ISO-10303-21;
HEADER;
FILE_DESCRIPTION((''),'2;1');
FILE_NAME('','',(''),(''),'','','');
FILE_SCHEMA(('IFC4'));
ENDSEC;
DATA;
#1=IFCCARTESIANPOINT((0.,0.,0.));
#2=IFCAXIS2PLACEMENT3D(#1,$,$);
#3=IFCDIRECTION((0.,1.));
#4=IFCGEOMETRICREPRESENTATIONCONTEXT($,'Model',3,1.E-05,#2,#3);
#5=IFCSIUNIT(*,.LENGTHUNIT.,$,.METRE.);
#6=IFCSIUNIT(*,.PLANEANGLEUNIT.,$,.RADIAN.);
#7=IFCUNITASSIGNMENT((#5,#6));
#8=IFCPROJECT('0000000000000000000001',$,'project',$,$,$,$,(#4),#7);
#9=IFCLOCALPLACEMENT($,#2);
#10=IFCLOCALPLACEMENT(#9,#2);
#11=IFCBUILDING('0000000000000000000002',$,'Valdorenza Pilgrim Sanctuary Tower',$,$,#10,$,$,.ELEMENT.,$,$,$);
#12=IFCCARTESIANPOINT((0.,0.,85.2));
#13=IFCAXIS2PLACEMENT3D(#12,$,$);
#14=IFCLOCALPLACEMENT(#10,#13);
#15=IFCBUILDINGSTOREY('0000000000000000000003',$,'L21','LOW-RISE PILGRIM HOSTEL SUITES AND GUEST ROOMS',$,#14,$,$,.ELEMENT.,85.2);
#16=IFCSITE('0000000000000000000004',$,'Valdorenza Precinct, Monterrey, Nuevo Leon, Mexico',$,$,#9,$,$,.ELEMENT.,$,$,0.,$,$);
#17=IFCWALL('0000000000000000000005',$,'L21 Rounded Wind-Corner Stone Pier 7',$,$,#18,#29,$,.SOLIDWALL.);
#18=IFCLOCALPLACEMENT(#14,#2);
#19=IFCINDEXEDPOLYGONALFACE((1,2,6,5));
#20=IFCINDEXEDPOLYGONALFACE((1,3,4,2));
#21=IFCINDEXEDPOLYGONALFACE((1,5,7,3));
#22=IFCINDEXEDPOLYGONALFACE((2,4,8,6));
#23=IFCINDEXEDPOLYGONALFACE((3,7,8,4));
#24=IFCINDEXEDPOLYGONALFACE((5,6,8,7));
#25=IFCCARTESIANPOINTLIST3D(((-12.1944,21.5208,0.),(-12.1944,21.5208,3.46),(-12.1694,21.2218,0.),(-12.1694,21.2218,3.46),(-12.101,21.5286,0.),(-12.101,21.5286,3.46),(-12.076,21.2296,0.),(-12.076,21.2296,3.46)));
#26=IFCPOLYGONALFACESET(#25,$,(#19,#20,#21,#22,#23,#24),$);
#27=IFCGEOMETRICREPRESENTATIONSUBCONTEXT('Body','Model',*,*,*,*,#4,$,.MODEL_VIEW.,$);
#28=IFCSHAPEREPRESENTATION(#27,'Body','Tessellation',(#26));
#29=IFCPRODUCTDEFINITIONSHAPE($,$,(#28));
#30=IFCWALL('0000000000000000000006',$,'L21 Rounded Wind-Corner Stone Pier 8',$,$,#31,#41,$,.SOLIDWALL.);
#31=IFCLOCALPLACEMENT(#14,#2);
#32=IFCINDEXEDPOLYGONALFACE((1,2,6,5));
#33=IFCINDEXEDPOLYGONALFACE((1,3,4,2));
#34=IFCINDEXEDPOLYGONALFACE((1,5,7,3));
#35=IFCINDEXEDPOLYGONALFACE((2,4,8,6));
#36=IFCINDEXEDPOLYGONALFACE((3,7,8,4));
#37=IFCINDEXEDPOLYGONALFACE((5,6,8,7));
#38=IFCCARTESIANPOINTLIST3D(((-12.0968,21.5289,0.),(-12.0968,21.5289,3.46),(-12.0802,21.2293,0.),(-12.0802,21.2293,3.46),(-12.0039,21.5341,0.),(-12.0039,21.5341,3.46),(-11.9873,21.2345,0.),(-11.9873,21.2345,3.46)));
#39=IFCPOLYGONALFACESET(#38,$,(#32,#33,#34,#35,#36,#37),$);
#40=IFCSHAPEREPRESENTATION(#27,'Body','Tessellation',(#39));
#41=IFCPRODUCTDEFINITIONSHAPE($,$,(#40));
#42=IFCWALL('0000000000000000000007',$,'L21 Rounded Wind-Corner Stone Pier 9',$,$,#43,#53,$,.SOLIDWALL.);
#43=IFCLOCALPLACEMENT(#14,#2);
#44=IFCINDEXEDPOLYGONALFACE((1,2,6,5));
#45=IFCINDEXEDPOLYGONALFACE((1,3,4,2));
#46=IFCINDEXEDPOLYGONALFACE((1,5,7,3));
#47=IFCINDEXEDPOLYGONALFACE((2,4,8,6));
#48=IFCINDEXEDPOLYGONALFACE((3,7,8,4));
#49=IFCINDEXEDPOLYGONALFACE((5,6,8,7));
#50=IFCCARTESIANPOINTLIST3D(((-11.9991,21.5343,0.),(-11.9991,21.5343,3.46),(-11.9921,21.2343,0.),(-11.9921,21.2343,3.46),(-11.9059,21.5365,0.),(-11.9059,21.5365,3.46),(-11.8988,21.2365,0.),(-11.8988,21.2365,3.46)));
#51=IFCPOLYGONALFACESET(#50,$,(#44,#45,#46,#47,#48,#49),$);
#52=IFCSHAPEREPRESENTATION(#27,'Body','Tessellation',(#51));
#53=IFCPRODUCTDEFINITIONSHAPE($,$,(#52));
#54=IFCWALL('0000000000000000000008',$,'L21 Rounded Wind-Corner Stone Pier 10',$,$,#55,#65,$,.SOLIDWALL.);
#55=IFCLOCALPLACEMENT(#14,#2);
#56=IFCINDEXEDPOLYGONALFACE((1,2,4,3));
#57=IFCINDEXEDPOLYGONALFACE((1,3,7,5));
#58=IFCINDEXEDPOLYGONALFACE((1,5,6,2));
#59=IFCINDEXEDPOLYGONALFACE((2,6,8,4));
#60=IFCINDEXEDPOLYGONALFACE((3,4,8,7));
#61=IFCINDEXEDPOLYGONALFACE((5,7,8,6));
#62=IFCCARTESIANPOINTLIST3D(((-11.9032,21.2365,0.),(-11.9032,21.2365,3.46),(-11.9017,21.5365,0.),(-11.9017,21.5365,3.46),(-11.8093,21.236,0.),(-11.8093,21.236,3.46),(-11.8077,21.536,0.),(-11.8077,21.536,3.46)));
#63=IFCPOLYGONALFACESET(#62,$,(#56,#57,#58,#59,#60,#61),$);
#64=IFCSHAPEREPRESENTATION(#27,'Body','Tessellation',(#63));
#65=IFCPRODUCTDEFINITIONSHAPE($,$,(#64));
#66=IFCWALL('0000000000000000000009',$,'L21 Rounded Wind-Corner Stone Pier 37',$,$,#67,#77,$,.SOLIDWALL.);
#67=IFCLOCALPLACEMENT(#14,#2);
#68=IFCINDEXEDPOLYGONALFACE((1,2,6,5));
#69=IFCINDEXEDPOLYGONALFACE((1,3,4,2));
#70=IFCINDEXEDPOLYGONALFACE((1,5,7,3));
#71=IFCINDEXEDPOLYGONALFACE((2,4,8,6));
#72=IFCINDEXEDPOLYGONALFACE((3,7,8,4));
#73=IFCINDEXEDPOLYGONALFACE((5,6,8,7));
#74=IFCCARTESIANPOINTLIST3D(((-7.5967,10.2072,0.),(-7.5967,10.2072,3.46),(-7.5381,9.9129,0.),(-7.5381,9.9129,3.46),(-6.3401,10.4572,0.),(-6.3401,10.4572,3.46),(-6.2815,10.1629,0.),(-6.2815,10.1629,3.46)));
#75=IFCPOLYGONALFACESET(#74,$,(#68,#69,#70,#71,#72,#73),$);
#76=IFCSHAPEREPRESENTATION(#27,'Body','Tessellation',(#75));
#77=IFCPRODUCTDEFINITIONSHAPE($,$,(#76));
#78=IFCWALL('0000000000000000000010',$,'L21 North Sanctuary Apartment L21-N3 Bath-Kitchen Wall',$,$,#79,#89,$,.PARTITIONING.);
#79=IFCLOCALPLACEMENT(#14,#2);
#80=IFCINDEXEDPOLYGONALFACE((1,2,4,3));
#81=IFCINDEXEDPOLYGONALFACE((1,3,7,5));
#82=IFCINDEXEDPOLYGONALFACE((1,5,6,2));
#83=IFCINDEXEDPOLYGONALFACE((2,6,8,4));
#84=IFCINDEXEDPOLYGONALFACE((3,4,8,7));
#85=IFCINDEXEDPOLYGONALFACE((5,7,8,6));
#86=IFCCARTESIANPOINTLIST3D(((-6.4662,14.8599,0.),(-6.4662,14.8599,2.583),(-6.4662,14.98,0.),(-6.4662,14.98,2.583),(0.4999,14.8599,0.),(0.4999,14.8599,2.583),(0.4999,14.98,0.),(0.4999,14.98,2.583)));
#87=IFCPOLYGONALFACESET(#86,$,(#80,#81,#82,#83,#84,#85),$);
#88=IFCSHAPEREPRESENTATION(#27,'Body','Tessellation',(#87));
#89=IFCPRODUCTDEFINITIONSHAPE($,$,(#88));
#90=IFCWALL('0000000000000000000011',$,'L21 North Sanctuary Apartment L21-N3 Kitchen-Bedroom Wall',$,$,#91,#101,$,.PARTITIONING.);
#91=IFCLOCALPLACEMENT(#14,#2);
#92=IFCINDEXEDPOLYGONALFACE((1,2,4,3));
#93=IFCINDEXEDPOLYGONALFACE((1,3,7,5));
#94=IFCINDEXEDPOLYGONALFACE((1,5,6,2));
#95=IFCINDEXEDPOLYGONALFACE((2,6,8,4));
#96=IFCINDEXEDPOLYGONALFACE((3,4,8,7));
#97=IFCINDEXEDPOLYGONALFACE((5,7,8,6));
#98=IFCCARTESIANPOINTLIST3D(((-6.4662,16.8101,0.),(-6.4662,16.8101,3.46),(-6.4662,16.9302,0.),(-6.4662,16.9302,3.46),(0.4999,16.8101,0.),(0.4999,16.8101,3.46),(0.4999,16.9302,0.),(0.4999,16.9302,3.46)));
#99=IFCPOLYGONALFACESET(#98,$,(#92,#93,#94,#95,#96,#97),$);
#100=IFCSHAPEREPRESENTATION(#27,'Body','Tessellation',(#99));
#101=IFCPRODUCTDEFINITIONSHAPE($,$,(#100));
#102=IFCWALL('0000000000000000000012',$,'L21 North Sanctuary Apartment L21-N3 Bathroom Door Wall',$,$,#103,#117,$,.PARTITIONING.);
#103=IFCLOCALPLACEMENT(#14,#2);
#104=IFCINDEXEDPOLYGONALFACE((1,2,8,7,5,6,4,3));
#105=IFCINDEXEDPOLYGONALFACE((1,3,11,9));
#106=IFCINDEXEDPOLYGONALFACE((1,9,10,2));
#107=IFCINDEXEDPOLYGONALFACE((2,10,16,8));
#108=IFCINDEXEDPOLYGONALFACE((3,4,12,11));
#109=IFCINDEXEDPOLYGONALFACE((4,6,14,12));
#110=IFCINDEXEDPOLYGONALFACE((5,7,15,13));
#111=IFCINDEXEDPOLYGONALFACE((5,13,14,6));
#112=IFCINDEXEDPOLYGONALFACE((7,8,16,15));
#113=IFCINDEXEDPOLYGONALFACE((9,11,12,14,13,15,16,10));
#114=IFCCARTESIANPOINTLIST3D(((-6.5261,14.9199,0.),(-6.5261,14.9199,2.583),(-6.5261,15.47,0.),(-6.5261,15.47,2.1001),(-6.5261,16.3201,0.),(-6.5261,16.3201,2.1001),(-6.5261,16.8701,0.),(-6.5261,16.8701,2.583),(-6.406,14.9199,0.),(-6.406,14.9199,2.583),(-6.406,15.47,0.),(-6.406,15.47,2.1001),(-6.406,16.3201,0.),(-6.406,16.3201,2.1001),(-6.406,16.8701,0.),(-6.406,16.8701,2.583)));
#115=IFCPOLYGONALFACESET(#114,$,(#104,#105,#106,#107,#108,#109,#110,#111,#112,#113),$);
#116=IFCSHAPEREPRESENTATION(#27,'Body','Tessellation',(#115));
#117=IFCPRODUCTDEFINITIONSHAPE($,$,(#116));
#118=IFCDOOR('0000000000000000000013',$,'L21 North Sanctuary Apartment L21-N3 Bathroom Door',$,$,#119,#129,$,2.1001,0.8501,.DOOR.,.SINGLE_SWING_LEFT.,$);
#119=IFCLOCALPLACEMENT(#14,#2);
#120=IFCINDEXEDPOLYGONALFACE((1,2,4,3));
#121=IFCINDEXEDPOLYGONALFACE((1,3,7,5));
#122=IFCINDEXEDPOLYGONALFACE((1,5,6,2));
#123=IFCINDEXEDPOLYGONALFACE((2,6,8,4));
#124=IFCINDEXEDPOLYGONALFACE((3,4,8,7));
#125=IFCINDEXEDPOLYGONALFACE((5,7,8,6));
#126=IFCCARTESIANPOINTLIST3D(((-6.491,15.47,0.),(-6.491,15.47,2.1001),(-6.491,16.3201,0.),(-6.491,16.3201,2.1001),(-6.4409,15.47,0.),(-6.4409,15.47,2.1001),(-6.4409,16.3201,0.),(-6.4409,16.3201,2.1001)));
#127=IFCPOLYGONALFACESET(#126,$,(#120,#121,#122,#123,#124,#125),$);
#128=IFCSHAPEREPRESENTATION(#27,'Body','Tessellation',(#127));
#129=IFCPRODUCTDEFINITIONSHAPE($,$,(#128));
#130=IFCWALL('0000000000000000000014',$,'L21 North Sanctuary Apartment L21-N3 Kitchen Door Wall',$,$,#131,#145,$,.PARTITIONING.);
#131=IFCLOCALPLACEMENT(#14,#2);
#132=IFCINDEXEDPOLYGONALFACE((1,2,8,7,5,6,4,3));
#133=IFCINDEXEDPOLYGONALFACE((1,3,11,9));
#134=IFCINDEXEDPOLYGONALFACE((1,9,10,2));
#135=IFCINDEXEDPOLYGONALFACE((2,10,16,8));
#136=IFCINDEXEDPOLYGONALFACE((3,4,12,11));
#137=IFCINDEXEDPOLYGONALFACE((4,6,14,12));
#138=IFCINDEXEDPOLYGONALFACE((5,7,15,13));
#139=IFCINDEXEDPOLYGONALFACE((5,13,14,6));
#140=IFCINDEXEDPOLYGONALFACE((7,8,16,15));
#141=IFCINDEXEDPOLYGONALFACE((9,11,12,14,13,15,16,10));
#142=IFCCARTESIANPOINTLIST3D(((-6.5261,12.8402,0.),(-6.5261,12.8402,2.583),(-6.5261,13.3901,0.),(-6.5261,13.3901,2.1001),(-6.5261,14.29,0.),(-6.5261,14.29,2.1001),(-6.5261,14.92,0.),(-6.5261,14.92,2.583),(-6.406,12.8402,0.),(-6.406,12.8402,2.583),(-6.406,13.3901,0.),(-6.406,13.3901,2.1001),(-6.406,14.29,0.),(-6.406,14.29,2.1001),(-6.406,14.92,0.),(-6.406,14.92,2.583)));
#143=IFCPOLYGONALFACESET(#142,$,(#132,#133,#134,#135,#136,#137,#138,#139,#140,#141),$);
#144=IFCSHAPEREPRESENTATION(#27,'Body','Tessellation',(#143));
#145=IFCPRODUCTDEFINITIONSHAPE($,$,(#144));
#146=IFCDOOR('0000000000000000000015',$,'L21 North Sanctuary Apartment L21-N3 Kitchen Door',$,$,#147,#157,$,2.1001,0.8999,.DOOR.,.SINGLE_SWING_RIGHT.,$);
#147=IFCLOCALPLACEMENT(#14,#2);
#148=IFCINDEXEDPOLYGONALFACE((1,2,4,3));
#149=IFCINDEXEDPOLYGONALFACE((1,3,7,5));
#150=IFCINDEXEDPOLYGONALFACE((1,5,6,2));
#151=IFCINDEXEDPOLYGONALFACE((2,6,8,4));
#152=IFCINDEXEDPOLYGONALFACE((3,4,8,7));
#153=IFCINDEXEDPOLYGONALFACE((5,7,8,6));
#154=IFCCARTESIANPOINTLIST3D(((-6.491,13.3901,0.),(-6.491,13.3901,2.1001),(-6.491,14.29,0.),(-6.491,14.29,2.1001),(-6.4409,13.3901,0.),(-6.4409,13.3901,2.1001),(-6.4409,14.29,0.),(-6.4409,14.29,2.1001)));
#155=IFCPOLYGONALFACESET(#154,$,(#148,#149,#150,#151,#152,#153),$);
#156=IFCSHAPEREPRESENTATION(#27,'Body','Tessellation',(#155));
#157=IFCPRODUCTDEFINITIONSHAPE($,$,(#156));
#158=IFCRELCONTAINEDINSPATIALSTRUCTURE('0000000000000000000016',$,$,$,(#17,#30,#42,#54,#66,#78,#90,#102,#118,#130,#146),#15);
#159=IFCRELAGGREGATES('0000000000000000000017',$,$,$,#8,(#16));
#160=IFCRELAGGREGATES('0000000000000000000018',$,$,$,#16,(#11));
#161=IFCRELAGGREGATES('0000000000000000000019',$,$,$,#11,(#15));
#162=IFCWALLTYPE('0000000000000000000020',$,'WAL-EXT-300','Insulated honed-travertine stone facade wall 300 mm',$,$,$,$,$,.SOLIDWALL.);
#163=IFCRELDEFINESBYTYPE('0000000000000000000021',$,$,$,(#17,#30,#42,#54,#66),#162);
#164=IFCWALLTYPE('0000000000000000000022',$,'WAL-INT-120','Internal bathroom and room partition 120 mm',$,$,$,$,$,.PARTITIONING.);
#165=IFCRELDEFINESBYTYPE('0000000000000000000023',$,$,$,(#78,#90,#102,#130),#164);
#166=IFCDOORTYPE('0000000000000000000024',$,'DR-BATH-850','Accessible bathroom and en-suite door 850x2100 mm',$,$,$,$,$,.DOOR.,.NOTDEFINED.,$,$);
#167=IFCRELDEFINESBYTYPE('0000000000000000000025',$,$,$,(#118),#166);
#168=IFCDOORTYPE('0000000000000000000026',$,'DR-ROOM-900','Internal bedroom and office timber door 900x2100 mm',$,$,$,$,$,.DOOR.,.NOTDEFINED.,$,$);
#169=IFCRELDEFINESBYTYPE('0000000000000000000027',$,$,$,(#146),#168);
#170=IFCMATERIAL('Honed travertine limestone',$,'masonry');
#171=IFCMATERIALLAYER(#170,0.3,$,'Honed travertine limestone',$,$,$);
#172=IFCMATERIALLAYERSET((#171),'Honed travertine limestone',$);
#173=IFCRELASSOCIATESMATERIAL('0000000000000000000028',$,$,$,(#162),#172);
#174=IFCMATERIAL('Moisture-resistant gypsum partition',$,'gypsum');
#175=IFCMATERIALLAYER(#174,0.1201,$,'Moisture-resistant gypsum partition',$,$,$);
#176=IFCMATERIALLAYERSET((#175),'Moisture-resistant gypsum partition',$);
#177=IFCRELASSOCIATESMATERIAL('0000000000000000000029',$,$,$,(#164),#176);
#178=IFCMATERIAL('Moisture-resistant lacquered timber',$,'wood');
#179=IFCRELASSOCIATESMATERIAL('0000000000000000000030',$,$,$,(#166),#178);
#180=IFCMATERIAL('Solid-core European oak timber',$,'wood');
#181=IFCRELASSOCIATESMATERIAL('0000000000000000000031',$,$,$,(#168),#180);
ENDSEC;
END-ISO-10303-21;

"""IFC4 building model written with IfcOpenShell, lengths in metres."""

from ifc_helpers import new_model, si_unit, direction, frame, frame_2d, origin, place, context, subcontext, project, spatial, rectangle, extrude, material, layer, layer_set, type_object, element, fill, save


model = new_model("IFC4")

# Units and contexts
model_context = context("Model", 3, precision=1e-05, world=origin(), true_north=direction((0.0, 1.0)))
body_context = subcontext(model_context, "Body", "Model", "MODEL_VIEW")
ifc_project = project(units=[si_unit("LENGTHUNIT", "METRE"), si_unit("PLANEANGLEUNIT", "RADIAN")], contexts=[model_context])

# Site, building, storey
site_placement = place(None, origin())
site = spatial("IfcSite", under=ifc_project, at=site_placement, Name="Valdorenza Precinct, Monterrey, Nuevo Leon, Mexico", CompositionType="ELEMENT", RefElevation=0.0)
building_placement = place(site_placement, origin())
building = spatial("IfcBuilding", under=site, at=building_placement, Name="Valdorenza Pilgrim Sanctuary Tower", CompositionType="ELEMENT")
storey_placement = place(building_placement, frame((0.0, 0.0, 85.2)))
storey = spatial("IfcBuildingStorey", under=building, at=storey_placement, Name="L21", Description="LOW-RISE PILGRIM HOSTEL SUITES AND GUEST ROOMS", CompositionType="ELEMENT", Elevation=85.2)

# Shared definitions
ifc_material_1 = material(Name="Honed travertine limestone", Category="masonry")

# Walls
ifc_layer_1 = layer(ifc_material_1, 0.3, Name="Honed travertine limestone")
ifc_layer_set_1 = layer_set([ifc_layer_1], Name="Honed travertine limestone")
wall_type_1 = type_object("IfcWallType", Name="WAL-EXT-300", Description="Insulated honed-travertine stone facade wall 300 mm", PredefinedType="SOLIDWALL", material=ifc_layer_set_1)
wall_1_placement = place(storey_placement, frame((-12.1819, 21.3713, 0.0), z_axis=(0.0, 0.0, 1.0), x_axis=(0.996528, 0.083261, 0.0)))
element("IfcWall", 1, at=wall_1_placement, inside=storey, type_object=wall_type_1, Name="L21 Rounded Wind-Corner Stone Pier 7", PredefinedType="SOLIDWALL", context=body_context, shape_type="SweptSolid", body=[
    extrude(rectangle(XDim=0.0938, YDim=0.3, at=frame_2d((0.0469, 0.0))), origin(), (0.0, 0.0, 1.0), 3.46),
])
wall_2_placement = place(storey_placement, frame((-12.0884, 21.3792, 0.0), z_axis=(0.0, 0.0, 1.0), x_axis=(0.998476, 0.055179, 0.0)))
element("IfcWall", 2, at=wall_2_placement, inside=storey, type_object=wall_type_1, Name="L21 Rounded Wind-Corner Stone Pier 8", PredefinedType="SOLIDWALL", context=body_context, shape_type="SweptSolid", body=[
    extrude(rectangle(XDim=0.093, YDim=0.3, at=frame_2d((0.0464, 0.0))), origin(), (0.0, 0.0, 1.0), 3.46),
])
wall_3_placement = place(storey_placement, frame((-11.9956, 21.3843, 0.0), z_axis=(0.0, 0.0, 1.0), x_axis=(0.999723, 0.023554, 0.0)))
element("IfcWall", 3, at=wall_3_placement, inside=storey, type_object=wall_type_1, Name="L21 Rounded Wind-Corner Stone Pier 9", PredefinedType="SOLIDWALL", context=body_context, shape_type="SweptSolid", body=[
    extrude(rectangle(XDim=0.0933, YDim=0.3, at=frame_2d((0.0466, 0.0))), origin(), (0.0, 0.0, 1.0), 3.46),
])
wall_4_placement = place(storey_placement, frame((-11.9023, 21.3865, 0.0), z_axis=(0.0, 0.0, 1.0), x_axis=(0.999987, -0.005195, 0.0)))
element("IfcWall", 4, at=wall_4_placement, inside=storey, type_object=wall_type_1, Name="L21 Rounded Wind-Corner Stone Pier 10", PredefinedType="SOLIDWALL", context=body_context, shape_type="SweptSolid", body=[
    extrude(rectangle(XDim=0.094, YDim=0.3, at=frame_2d((0.0469, 0.0))), origin(), (0.0, 0.0, 1.0), 3.46),
])
wall_5_placement = place(storey_placement, frame((-6.3108, 10.3101, 0.0), z_axis=(0.0, 0.0, 1.0), x_axis=(-0.980778, -0.195127, 0.0)))
element("IfcWall", 5, at=wall_5_placement, inside=storey, type_object=wall_type_1, Name="L21 Rounded Wind-Corner Stone Pier 37", PredefinedType="SOLIDWALL", context=body_context, shape_type="SweptSolid", body=[
    extrude(rectangle(XDim=1.2812, YDim=0.3, at=frame_2d((0.6406, 0.0))), origin(), (0.0, 0.0, 1.0), 3.46),
])
ifc_material_2 = material(Name="Moisture-resistant gypsum partition", Category="gypsum")
ifc_layer_2 = layer(ifc_material_2, 0.1201, Name="Moisture-resistant gypsum partition")
ifc_layer_set_2 = layer_set([ifc_layer_2], Name="Moisture-resistant gypsum partition")
wall_type_2 = type_object("IfcWallType", Name="WAL-INT-120", Description="Internal bathroom and room partition 120 mm", PredefinedType="PARTITIONING", material=ifc_layer_set_2)
wall_6_placement = place(storey_placement, frame((-6.4661, 14.9199, 0.0), z_axis=(0.0, 0.0, 1.0), x_axis=(1.0, 0.0, 0.0)))
element("IfcWall", 6, at=wall_6_placement, inside=storey, type_object=wall_type_2, Name="L21 North Sanctuary Apartment L21-N3 Bath-Kitchen Wall", PredefinedType="PARTITIONING", context=body_context, shape_type="SweptSolid", body=[
    extrude(rectangle(XDim=6.9661, YDim=0.1201, at=frame_2d((3.4829, 0.0))), origin(), (0.0, 0.0, 1.0), 2.583),
])
wall_7_placement = place(storey_placement, frame((-6.4661, 16.8701, 0.0), z_axis=(0.0, 0.0, 1.0), x_axis=(1.0, 0.0, 0.0)))
element("IfcWall", 7, at=wall_7_placement, inside=storey, type_object=wall_type_2, Name="L21 North Sanctuary Apartment L21-N3 Kitchen-Bedroom Wall", PredefinedType="PARTITIONING", context=body_context, shape_type="SweptSolid", body=[
    extrude(rectangle(XDim=6.9661, YDim=0.1201, at=frame_2d((3.4829, 0.0))), origin(), (0.0, 0.0, 1.0), 3.46),
])

# Walls, openings, doors
wall_8_placement = place(storey_placement, frame((-6.4661, 14.9199, 0.0), z_axis=(0.0, 0.0, 1.0), x_axis=(0.0, 1.0, 0.0)))
wall_8 = element("IfcWall", 8, at=wall_8_placement, inside=storey, type_object=wall_type_2, Name="L21 North Sanctuary Apartment L21-N3 Bathroom Door Wall", PredefinedType="PARTITIONING", context=body_context, shape_type="SweptSolid", body=[
    extrude(rectangle(XDim=1.9502, YDim=0.1201, at=frame_2d((0.9751, 0.0))), origin(), (0.0, 0.0, 1.0), 2.583),
])
opening_1_placement = place(wall_8_placement, frame((0.55, 0.0, 0.0)))
opening_1 = element("IfcOpeningElement", 9, at=opening_1_placement, cuts=wall_8, PredefinedType="OPENING", context=body_context, shape_type="SweptSolid", body=[
    extrude(rectangle(XDim=0.8501, YDim=2.1001, at=frame_2d((0.425, 1.05))), frame((0.0, 0.075, 0.0), z_axis=(0.0, -1.0, 0.0), x_axis=(1.0, 0.0, 0.0)), (0.0, 0.0, 1.0), 0.1499),
])
ifc_material_3 = material(Name="Moisture-resistant lacquered timber", Category="wood")
door_type_1 = type_object("IfcDoorType", Name="DR-BATH-850", Description="Accessible bathroom and en-suite door 850x2100 mm", OperationType="NOTDEFINED", PredefinedType="DOOR", material=ifc_material_3)
door_1_placement = place(opening_1_placement, origin())
door_1 = element("IfcDoor", 10, at=door_1_placement, inside=storey, type_object=door_type_1, Name="L21 North Sanctuary Apartment L21-N3 Bathroom Door", OperationType="SINGLE_SWING_LEFT", OverallHeight=2.1001, OverallWidth=0.8501, PredefinedType="DOOR", context=body_context, shape_type="SweptSolid", body=[
    extrude(rectangle(XDim=0.8501, YDim=2.1001, at=frame_2d((0.425, 1.05))), frame((0.0, 0.0249, 0.0), z_axis=(0.0, -1.0, 0.0), x_axis=(1.0, 0.0, 0.0)), (0.0, 0.0, 1.0), 0.05),
])
fill(opening_1, door_1)
wall_9_placement = place(storey_placement, frame((-6.4661, 12.8401, 0.0), z_axis=(0.0, 0.0, 1.0), x_axis=(0.0, 1.0, 0.0)))
wall_9 = element("IfcWall", 11, at=wall_9_placement, inside=storey, type_object=wall_type_2, Name="L21 North Sanctuary Apartment L21-N3 Kitchen Door Wall", PredefinedType="PARTITIONING", context=body_context, shape_type="SweptSolid", body=[
    extrude(rectangle(XDim=2.0798, YDim=0.1201, at=frame_2d((1.04, 0.0))), origin(), (0.0, 0.0, 1.0), 2.583),
])
opening_2_placement = place(wall_9_placement, frame((0.55, 0.0, 0.0)))
opening_2 = element("IfcOpeningElement", 12, at=opening_2_placement, cuts=wall_9, PredefinedType="OPENING", context=body_context, shape_type="SweptSolid", body=[
    extrude(rectangle(XDim=0.8999, YDim=2.1001, at=frame_2d((0.45, 1.05))), frame((0.0, 0.075, 0.0), z_axis=(0.0, -1.0, 0.0), x_axis=(1.0, 0.0, 0.0)), (0.0, 0.0, 1.0), 0.1499),
])
ifc_material_4 = material(Name="Solid-core European oak timber", Category="wood")
door_type_2 = type_object("IfcDoorType", Name="DR-ROOM-900", Description="Internal bedroom and office timber door 900x2100 mm", OperationType="NOTDEFINED", PredefinedType="DOOR", material=ifc_material_4)
door_2_placement = place(opening_2_placement, origin())
door_2 = element("IfcDoor", 13, at=door_2_placement, inside=storey, type_object=door_type_2, Name="L21 North Sanctuary Apartment L21-N3 Kitchen Door", OperationType="SINGLE_SWING_RIGHT", OverallHeight=2.1001, OverallWidth=0.8999, PredefinedType="DOOR", context=body_context, shape_type="SweptSolid", body=[
    extrude(rectangle(XDim=0.8999, YDim=2.1001, at=frame_2d((0.45, 1.05))), frame((0.0, 0.0249, 0.0), z_axis=(0.0, -1.0, 0.0), x_axis=(1.0, 0.0, 0.0)), (0.0, 0.0, 1.0), 0.05),
])
fill(opening_2, door_2)

save(model, "model.ifc")
